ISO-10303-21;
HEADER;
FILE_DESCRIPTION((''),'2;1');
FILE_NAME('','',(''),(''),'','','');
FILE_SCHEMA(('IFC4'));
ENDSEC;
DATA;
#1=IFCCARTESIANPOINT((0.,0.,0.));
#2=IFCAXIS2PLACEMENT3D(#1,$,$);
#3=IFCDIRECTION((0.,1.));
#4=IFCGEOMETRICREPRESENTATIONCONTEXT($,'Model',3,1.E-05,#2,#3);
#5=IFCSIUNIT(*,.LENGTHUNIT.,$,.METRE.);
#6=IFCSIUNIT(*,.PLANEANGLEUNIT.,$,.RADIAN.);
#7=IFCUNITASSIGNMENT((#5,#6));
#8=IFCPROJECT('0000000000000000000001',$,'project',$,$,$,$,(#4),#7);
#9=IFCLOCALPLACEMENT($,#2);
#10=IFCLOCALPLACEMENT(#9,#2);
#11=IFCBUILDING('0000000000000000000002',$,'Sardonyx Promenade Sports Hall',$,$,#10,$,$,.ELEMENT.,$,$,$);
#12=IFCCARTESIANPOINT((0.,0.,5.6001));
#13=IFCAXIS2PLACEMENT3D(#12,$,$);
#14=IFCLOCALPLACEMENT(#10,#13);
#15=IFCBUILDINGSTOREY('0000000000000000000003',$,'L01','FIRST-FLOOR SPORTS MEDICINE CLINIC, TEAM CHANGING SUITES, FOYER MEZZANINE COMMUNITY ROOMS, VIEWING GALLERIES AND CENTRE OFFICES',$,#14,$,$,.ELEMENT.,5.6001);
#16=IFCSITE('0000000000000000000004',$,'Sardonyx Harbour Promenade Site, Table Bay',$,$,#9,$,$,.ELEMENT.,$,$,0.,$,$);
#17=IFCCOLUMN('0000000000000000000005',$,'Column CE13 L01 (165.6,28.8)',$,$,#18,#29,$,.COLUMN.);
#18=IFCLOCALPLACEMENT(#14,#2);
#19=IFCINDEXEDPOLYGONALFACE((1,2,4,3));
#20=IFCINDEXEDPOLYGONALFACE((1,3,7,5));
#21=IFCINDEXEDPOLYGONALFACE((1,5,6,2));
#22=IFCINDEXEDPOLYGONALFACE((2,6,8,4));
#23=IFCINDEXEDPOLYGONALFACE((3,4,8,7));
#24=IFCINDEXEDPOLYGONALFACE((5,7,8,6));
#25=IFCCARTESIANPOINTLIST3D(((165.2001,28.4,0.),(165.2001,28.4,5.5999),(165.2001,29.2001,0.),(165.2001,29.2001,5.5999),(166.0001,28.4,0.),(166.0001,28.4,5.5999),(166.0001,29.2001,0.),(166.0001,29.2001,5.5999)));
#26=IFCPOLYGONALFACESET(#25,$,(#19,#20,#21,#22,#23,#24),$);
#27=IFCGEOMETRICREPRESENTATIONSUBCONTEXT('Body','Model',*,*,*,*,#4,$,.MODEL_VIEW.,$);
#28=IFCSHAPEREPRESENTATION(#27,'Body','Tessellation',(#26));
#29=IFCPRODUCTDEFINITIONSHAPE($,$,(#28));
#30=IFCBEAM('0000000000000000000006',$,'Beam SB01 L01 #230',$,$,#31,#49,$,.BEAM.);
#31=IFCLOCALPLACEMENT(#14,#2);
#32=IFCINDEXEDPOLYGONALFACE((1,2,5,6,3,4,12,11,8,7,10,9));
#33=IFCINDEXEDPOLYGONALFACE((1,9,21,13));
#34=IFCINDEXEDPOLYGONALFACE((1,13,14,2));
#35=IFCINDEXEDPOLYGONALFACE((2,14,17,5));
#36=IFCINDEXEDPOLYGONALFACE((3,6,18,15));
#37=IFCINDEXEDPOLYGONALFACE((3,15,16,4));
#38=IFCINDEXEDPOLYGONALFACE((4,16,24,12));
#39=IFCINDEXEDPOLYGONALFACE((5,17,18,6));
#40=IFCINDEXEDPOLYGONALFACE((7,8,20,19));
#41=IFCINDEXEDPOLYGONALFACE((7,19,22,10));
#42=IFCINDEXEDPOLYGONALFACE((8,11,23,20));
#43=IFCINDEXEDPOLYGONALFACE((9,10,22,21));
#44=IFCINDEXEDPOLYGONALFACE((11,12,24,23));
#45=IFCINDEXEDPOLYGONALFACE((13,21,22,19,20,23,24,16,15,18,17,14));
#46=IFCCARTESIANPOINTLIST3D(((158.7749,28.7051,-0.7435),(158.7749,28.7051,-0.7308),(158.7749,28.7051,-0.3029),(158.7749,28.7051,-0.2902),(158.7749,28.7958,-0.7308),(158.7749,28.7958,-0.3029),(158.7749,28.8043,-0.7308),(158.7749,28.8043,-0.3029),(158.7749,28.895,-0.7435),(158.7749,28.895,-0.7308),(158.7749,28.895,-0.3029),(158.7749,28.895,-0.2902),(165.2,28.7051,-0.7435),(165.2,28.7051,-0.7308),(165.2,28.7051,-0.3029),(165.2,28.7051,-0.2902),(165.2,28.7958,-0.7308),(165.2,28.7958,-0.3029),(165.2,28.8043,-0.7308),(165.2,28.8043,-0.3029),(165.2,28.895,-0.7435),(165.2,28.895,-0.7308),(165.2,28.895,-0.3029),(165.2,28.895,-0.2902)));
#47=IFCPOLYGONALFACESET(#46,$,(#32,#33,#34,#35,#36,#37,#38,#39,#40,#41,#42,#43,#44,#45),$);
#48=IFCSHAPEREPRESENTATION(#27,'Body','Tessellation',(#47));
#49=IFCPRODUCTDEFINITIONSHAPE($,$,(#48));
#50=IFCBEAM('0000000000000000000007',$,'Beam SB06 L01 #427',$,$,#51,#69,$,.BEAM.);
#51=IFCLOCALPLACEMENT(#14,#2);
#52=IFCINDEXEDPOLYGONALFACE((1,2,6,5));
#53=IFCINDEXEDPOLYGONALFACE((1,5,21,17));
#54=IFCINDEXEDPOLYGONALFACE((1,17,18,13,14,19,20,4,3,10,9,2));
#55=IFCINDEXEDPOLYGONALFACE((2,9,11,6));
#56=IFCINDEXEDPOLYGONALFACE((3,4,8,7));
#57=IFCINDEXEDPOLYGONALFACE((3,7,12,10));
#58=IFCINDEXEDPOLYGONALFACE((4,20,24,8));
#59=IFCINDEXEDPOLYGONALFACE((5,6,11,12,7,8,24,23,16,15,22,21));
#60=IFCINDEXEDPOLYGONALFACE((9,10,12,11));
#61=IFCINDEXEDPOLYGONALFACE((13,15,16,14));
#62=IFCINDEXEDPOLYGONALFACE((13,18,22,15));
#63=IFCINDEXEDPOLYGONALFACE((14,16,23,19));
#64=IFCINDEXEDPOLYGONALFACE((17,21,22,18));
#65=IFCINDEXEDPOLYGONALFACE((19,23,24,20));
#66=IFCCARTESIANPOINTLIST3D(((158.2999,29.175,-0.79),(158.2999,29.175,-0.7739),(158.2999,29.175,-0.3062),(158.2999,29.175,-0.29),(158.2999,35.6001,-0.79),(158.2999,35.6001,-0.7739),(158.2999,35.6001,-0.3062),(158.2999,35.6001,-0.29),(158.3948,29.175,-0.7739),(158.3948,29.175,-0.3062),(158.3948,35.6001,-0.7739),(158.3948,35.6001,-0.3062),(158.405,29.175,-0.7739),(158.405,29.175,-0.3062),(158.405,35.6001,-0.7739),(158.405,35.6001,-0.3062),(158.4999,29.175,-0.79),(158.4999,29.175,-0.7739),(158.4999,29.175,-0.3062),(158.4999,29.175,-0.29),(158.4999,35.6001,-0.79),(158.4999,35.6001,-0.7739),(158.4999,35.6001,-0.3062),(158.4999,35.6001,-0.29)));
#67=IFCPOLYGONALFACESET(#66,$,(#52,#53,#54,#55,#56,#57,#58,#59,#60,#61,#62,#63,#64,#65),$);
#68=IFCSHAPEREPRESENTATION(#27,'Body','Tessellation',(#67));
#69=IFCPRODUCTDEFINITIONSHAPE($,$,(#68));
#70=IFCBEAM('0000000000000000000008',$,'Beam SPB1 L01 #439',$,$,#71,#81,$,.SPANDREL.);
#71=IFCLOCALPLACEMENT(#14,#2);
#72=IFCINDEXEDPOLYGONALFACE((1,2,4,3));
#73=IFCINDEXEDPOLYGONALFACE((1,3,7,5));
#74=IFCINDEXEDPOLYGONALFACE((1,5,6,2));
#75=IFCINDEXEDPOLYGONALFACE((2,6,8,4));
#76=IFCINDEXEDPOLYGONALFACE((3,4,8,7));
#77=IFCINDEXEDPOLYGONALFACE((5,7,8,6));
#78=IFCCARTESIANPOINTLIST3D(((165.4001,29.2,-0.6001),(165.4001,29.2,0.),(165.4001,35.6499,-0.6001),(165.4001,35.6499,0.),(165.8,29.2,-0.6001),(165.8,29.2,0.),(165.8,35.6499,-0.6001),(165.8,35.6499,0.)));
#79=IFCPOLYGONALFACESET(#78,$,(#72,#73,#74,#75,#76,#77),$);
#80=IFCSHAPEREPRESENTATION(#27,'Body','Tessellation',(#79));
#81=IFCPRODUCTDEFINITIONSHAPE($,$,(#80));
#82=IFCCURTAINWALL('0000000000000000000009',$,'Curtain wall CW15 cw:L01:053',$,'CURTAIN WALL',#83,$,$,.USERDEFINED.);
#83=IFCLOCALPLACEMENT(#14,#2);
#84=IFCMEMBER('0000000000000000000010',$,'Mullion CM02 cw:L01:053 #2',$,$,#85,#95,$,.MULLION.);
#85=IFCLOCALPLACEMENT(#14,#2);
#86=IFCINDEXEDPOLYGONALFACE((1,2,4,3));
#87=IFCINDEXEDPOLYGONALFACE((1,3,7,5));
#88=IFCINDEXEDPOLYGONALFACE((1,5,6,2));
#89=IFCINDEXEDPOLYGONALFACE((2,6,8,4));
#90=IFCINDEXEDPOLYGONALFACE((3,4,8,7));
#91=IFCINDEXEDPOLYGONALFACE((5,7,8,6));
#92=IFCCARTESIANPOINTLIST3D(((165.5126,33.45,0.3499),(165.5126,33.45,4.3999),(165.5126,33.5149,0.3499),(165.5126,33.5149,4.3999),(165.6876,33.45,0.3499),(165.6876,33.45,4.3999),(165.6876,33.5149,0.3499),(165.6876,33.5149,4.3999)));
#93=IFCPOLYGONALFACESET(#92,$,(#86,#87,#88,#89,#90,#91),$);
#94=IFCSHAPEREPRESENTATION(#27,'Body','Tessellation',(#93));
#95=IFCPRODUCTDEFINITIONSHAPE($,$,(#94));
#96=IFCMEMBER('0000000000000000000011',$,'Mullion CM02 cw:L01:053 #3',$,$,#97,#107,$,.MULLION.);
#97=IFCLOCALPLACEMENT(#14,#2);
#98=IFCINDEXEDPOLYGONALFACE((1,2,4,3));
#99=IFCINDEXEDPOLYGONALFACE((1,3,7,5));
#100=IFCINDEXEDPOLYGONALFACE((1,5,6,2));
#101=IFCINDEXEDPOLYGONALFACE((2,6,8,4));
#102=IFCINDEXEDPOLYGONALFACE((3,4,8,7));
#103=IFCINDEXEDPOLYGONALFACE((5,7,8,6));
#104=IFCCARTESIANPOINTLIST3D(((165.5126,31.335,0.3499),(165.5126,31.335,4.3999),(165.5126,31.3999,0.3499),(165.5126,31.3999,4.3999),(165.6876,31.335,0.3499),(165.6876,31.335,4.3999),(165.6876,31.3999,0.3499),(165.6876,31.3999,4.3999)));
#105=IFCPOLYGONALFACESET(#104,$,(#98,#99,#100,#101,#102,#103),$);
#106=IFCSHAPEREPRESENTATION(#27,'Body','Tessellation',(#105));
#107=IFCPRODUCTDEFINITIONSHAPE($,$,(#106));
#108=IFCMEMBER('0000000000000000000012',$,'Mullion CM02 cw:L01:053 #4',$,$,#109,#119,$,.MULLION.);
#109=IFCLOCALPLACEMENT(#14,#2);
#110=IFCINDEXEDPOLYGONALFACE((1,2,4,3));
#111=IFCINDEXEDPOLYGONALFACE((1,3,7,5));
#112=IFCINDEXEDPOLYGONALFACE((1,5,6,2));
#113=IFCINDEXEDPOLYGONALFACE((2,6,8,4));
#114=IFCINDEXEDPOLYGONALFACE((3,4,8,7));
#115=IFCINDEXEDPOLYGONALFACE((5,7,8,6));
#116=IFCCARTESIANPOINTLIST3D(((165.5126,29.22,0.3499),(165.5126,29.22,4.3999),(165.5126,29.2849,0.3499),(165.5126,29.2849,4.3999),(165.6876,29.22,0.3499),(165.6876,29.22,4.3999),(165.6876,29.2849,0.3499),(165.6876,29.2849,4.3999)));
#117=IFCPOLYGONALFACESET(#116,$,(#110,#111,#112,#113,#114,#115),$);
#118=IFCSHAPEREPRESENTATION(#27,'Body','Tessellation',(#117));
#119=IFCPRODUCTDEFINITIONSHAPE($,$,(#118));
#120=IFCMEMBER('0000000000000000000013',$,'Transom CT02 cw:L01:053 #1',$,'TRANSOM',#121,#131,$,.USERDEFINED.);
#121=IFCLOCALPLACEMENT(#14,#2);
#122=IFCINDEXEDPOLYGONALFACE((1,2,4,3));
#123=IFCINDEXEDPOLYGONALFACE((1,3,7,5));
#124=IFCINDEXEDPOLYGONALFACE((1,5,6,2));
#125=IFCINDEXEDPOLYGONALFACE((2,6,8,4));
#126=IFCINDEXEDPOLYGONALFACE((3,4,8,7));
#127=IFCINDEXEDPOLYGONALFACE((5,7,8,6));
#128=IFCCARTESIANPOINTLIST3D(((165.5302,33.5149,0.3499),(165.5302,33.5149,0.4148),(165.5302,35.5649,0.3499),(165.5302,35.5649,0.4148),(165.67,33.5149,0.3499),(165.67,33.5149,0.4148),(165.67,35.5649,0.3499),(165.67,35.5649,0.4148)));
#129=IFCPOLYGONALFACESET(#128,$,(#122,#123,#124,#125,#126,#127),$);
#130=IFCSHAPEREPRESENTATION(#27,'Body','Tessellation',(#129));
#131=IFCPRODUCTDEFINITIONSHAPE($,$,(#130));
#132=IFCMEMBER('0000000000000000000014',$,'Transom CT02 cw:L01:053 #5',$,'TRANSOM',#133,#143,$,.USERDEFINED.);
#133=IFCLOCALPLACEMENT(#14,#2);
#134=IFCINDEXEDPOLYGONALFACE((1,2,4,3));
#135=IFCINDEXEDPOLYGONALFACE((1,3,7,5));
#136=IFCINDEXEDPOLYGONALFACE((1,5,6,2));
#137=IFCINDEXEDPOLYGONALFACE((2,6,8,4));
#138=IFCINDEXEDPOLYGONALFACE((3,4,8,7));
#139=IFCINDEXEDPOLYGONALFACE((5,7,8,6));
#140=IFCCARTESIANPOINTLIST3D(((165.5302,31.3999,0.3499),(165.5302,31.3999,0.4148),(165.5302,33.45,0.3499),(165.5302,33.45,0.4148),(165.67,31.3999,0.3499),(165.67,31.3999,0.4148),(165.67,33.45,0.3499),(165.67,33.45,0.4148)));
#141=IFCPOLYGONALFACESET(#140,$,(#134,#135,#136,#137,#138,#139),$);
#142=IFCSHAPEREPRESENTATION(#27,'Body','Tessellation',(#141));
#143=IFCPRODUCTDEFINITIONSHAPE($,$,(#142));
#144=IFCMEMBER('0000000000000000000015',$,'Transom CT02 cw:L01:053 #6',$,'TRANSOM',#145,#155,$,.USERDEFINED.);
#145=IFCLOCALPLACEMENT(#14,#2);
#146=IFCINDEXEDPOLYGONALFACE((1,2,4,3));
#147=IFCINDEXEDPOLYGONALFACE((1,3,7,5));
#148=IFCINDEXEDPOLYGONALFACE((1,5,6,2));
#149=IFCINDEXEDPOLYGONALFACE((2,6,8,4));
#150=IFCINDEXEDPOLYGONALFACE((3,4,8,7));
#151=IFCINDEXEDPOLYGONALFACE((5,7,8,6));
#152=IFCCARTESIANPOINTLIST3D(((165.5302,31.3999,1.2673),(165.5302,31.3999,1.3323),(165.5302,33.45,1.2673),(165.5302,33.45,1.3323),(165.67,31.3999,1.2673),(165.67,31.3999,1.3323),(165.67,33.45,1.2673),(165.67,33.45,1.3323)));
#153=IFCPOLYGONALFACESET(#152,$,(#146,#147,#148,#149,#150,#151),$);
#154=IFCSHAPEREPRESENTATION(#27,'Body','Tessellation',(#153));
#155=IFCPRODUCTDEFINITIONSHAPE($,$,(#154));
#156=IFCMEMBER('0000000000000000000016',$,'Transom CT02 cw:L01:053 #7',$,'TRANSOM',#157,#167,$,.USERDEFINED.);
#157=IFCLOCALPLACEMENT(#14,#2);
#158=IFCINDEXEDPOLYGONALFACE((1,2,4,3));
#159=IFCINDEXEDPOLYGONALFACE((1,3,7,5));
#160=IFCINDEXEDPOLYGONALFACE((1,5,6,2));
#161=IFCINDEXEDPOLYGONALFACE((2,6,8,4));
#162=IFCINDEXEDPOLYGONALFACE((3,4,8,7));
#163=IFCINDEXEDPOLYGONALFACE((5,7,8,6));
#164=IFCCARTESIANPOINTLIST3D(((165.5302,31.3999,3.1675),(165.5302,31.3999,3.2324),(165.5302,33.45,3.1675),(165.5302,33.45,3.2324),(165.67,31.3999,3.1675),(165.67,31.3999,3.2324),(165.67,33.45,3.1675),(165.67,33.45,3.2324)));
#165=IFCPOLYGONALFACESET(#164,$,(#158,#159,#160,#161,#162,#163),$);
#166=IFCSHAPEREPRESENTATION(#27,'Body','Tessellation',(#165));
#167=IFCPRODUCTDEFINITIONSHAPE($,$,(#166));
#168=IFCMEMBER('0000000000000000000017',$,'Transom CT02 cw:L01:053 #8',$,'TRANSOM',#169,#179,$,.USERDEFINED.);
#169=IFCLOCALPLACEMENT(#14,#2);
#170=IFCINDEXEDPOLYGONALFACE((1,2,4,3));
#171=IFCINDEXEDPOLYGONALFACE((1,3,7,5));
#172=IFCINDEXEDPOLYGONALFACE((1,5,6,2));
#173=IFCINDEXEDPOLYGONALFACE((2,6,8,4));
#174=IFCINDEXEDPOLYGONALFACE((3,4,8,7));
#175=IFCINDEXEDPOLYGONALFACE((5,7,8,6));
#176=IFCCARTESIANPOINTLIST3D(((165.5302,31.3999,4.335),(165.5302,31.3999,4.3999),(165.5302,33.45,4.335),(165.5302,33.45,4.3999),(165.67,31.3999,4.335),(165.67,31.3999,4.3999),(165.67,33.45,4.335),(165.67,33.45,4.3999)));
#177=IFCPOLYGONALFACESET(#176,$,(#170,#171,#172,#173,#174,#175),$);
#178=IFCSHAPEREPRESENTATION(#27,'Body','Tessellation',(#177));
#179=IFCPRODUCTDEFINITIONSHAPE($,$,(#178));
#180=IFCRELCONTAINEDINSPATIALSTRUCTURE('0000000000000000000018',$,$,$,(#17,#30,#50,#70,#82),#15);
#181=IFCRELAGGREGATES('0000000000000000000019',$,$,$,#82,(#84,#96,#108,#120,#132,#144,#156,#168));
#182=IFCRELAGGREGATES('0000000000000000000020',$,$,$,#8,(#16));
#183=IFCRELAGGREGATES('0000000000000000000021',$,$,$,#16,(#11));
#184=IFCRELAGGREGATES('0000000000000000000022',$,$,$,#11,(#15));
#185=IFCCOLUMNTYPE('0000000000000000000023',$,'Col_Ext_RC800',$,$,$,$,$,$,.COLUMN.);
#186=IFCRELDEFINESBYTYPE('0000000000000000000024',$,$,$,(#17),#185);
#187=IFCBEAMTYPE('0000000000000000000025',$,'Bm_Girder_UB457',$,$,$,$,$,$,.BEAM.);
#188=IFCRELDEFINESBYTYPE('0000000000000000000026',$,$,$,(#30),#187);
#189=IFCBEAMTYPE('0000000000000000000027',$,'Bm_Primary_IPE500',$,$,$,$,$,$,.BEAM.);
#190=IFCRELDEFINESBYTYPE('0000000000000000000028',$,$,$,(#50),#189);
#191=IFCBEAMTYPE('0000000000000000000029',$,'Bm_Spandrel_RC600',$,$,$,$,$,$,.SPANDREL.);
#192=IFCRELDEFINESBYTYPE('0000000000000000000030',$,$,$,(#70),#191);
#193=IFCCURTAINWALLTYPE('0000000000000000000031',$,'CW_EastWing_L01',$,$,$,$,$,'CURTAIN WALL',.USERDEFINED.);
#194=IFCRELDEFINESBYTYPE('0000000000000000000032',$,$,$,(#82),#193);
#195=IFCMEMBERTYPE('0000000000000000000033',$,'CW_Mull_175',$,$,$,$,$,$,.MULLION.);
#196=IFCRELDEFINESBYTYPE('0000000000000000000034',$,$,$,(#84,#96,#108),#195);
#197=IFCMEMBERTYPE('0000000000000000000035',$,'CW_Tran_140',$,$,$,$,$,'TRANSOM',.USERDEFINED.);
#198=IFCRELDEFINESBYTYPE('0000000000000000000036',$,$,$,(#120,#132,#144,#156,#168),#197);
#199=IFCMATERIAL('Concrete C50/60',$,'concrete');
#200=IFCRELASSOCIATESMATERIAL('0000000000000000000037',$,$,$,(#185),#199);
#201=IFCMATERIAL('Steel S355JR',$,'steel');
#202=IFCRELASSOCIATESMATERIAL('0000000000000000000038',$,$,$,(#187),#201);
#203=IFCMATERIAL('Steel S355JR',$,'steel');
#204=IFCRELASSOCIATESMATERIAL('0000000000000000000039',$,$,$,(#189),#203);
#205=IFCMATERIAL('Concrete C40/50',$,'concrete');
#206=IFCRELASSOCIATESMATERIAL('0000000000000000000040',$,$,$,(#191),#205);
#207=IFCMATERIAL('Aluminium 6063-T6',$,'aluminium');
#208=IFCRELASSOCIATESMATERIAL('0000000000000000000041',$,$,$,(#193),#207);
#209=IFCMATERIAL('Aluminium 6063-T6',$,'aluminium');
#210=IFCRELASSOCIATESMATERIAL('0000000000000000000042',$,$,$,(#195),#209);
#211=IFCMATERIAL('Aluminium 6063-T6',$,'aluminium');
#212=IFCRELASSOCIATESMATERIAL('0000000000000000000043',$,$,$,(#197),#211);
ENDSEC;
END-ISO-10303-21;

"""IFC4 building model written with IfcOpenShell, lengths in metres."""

from ifc_helpers import new_model, si_unit, direction, frame, origin, origin_2d, place, context, subcontext, project, spatial, rectangle, i_section, extrude, material, material_profile, profile_set, type_object, element, aggregate, save


model = new_model("IFC4")

# Units and contexts
model_context = context("Model", 3, precision=1e-05, world=origin(), true_north=direction((0.0, 1.0)))
body_context = subcontext(model_context, "Body", "Model", "MODEL_VIEW")
ifc_project = project(units=[si_unit("LENGTHUNIT", "METRE"), si_unit("PLANEANGLEUNIT", "RADIAN")], contexts=[model_context])

# Site, building, storey
site_placement = place(None, origin())
site = spatial("IfcSite", under=ifc_project, at=site_placement, Name="Sardonyx Harbour Promenade Site, Table Bay", CompositionType="ELEMENT", RefElevation=0.0)
building_placement = place(site_placement, origin())
building = spatial("IfcBuilding", under=site, at=building_placement, Name="Sardonyx Promenade Sports Hall", CompositionType="ELEMENT")
storey_placement = place(building_placement, frame((0.0, 0.0, 5.6001)))
storey = spatial("IfcBuildingStorey", under=building, at=storey_placement, Name="L01", Description="FIRST-FLOOR SPORTS MEDICINE CLINIC, TEAM CHANGING SUITES, FOYER MEZZANINE COMMUNITY ROOMS, VIEWING GALLERIES AND CENTRE OFFICES", CompositionType="ELEMENT", Elevation=5.6001)

# Column
ifc_material_1 = material(Name="Concrete C50/60", Category="concrete")
ifc_material_profile_1 = material_profile(ifc_material_1, rectangle(XDim=0.8, YDim=0.8, at=origin_2d()))
ifc_profile_set_1 = profile_set([ifc_material_profile_1], Name="Concrete C50/60")
column_type = type_object("IfcColumnType", Name="Col_Ext_RC800", PredefinedType="COLUMN", material=ifc_profile_set_1)
column_placement = place(storey_placement, frame((165.6001, 28.8, 0.0), z_axis=(0.0, 0.0, 1.0), x_axis=(1.0, 0.0, 0.0)))
element("IfcColumn", 1, at=column_placement, inside=storey, type_object=column_type, Name="Column CE13 L01 (165.6,28.8)", PredefinedType="COLUMN", context=body_context, shape_type="SweptSolid", body=[
    extrude(rectangle(XDim=0.8, YDim=0.8, at=origin_2d()), origin(), (0.0, 0.0, 1.0), 5.5999),
])

# Beams
ifc_material_2 = material(Name="Steel S355JR", Category="steel")
ifc_material_profile_2 = material_profile(ifc_material_2, i_section(OverallWidth=0.1899, OverallDepth=0.4534, WebThickness=0.0085, FlangeThickness=0.0127, at=origin_2d()))
ifc_profile_set_2 = profile_set([ifc_material_profile_2], Name="Steel S355JR")
beam_type_1 = type_object("IfcBeamType", Name="Bm_Girder_UB457", PredefinedType="BEAM", material=ifc_profile_set_2)
beam_1_placement = place(storey_placement, frame((158.7749, 28.8, -0.5168), z_axis=(1.0, 0.0, 0.0), x_axis=(0.0, 1.0, 0.0)))
element("IfcBeam", 2, at=beam_1_placement, inside=storey, type_object=beam_type_1, Name="Beam SB01 L01 #230", PredefinedType="BEAM", context=body_context, shape_type="SweptSolid", body=[
    extrude(i_section(OverallWidth=0.1899, OverallDepth=0.4534, WebThickness=0.0085, FlangeThickness=0.0127, at=origin_2d()), origin(), (0.0, 0.0, 1.0), 6.425),
])
ifc_material_3 = material(Name="Steel S355JR", Category="steel")
ifc_material_profile_3 = material_profile(ifc_material_3, i_section(OverallWidth=0.2, OverallDepth=0.5, WebThickness=0.0103, FlangeThickness=0.0161, at=origin_2d()))
ifc_profile_set_3 = profile_set([ifc_material_profile_3], Name="Steel S355JR")
beam_type_2 = type_object("IfcBeamType", Name="Bm_Primary_IPE500", PredefinedType="BEAM", material=ifc_profile_set_3)
beam_2_placement = place(storey_placement, frame((158.3999, 29.175, -0.54), z_axis=(0.0, 1.0, 0.0), x_axis=(-1.0, 0.0, 0.0)))
element("IfcBeam", 3, at=beam_2_placement, inside=storey, type_object=beam_type_2, Name="Beam SB06 L01 #427", PredefinedType="BEAM", context=body_context, shape_type="SweptSolid", body=[
    extrude(i_section(OverallWidth=0.2, OverallDepth=0.5, WebThickness=0.0103, FlangeThickness=0.0161, at=origin_2d()), origin(), (0.0, 0.0, 1.0), 6.425),
])
ifc_material_4 = material(Name="Concrete C40/50", Category="concrete")
ifc_material_profile_4 = material_profile(ifc_material_4, rectangle(XDim=0.3999, YDim=0.6001, at=origin_2d()))
ifc_profile_set_4 = profile_set([ifc_material_profile_4], Name="Concrete C40/50")
beam_type_3 = type_object("IfcBeamType", Name="Bm_Spandrel_RC600", PredefinedType="SPANDREL", material=ifc_profile_set_4)
beam_3_placement = place(storey_placement, frame((165.6001, 29.2, -0.3), z_axis=(0.0, 1.0, 0.0), x_axis=(-1.0, 0.0, 0.0)))
element("IfcBeam", 4, at=beam_3_placement, inside=storey, type_object=beam_type_3, Name="Beam SPB1 L01 #439", PredefinedType="SPANDREL", context=body_context, shape_type="SweptSolid", body=[
    extrude(rectangle(XDim=0.3999, YDim=0.6001, at=origin_2d()), origin(), (0.0, 0.0, 1.0), 6.45),
])

# Curtain wall, members
ifc_material_5 = material(Name="Aluminium 6063-T6", Category="aluminium")
curtain_wall_type = type_object("IfcCurtainWallType", Name="CW_EastWing_L01", ElementType="CURTAIN WALL", PredefinedType="USERDEFINED", material=ifc_material_5)
curtain_wall_placement = place(storey_placement, origin())
curtain_wall = element("IfcCurtainWall", 5, at=curtain_wall_placement, inside=storey, type_object=curtain_wall_type, Name="Curtain wall CW15 cw:L01:053", ObjectType="CURTAIN WALL", PredefinedType="USERDEFINED")
ifc_material_6 = material(Name="Aluminium 6063-T6", Category="aluminium")
ifc_material_profile_5 = material_profile(ifc_material_6, rectangle(XDim=0.0649, YDim=0.175, at=origin_2d()))
ifc_profile_set_5 = profile_set([ifc_material_profile_5], Name="Aluminium 6063-T6")
member_type_1 = type_object("IfcMemberType", Name="CW_Mull_175", PredefinedType="MULLION", material=ifc_profile_set_5)
member_1_placement = place(storey_placement, frame((165.6001, 33.4824, 0.3499), z_axis=(0.0, 0.0, 1.0), x_axis=(0.0, -1.0, 0.0)))
member_1 = element("IfcMember", 6, at=member_1_placement, type_object=member_type_1, Name="Mullion CM02 cw:L01:053 #2", PredefinedType="MULLION", context=body_context, shape_type="SweptSolid", body=[
    extrude(rectangle(XDim=0.0649, YDim=0.175, at=origin_2d()), origin(), (0.0, 0.0, 1.0), 4.05),
])
member_2_placement = place(storey_placement, frame((165.6001, 31.3674, 0.3499), z_axis=(0.0, 0.0, 1.0), x_axis=(0.0, -1.0, 0.0)))
member_2 = element("IfcMember", 7, at=member_2_placement, type_object=member_type_1, Name="Mullion CM02 cw:L01:053 #3", PredefinedType="MULLION", context=body_context, shape_type="SweptSolid", body=[
    extrude(rectangle(XDim=0.0649, YDim=0.175, at=origin_2d()), origin(), (0.0, 0.0, 1.0), 4.05),
])
member_3_placement = place(storey_placement, frame((165.6001, 29.2524, 0.3499), z_axis=(0.0, 0.0, 1.0), x_axis=(0.0, -1.0, 0.0)))
member_3 = element("IfcMember", 8, at=member_3_placement, type_object=member_type_1, Name="Mullion CM02 cw:L01:053 #4", PredefinedType="MULLION", context=body_context, shape_type="SweptSolid", body=[
    extrude(rectangle(XDim=0.0649, YDim=0.175, at=origin_2d()), origin(), (0.0, 0.0, 1.0), 4.05),
])
ifc_material_7 = material(Name="Aluminium 6063-T6", Category="aluminium")
ifc_material_profile_6 = material_profile(ifc_material_7, rectangle(XDim=0.0649, YDim=0.1399, at=origin_2d()))
ifc_profile_set_6 = profile_set([ifc_material_profile_6], Name="Aluminium 6063-T6")
member_type_2 = type_object("IfcMemberType", Name="CW_Tran_140", ElementType="TRANSOM", PredefinedType="USERDEFINED", material=ifc_profile_set_6)
member_4_placement = place(storey_placement, frame((165.6001, 35.5649, 0.3823), z_axis=(0.0, -1.0, 0.0), x_axis=(0.0, 0.0, 1.0)))
member_4 = element("IfcMember", 9, at=member_4_placement, type_object=member_type_2, Name="Transom CT02 cw:L01:053 #1", ObjectType="TRANSOM", PredefinedType="USERDEFINED", context=body_context, shape_type="SweptSolid", body=[
    extrude(rectangle(XDim=0.0649, YDim=0.1399, at=origin_2d()), origin(), (0.0, 0.0, 1.0), 2.05),
])
member_5_placement = place(storey_placement, frame((165.6001, 33.45, 0.3823), z_axis=(0.0, -1.0, 0.0), x_axis=(0.0, 0.0, 1.0)))
member_5 = element("IfcMember", 10, at=member_5_placement, type_object=member_type_2, Name="Transom CT02 cw:L01:053 #5", ObjectType="TRANSOM", PredefinedType="USERDEFINED", context=body_context, shape_type="SweptSolid", body=[
    extrude(rectangle(XDim=0.0649, YDim=0.1399, at=origin_2d()), origin(), (0.0, 0.0, 1.0), 2.05),
])
member_6_placement = place(storey_placement, frame((165.6001, 33.45, 1.2998), z_axis=(0.0, -1.0, 0.0), x_axis=(0.0, 0.0, 1.0)))
member_6 = element("IfcMember", 11, at=member_6_placement, type_object=member_type_2, Name="Transom CT02 cw:L01:053 #6", ObjectType="TRANSOM", PredefinedType="USERDEFINED", context=body_context, shape_type="SweptSolid", body=[
    extrude(rectangle(XDim=0.0649, YDim=0.1399, at=origin_2d()), origin(), (0.0, 0.0, 1.0), 2.05),
])
member_7_placement = place(storey_placement, frame((165.6001, 33.45, 3.2), z_axis=(0.0, -1.0, 0.0), x_axis=(0.0, 0.0, 1.0)))
member_7 = element("IfcMember", 12, at=member_7_placement, type_object=member_type_2, Name="Transom CT02 cw:L01:053 #7", ObjectType="TRANSOM", PredefinedType="USERDEFINED", context=body_context, shape_type="SweptSolid", body=[
    extrude(rectangle(XDim=0.0649, YDim=0.1399, at=origin_2d()), origin(), (0.0, 0.0, 1.0), 2.05),
])
member_8_placement = place(storey_placement, frame((165.6001, 33.45, 4.3674), z_axis=(0.0, -1.0, 0.0), x_axis=(0.0, 0.0, 1.0)))
member_8 = element("IfcMember", 13, at=member_8_placement, type_object=member_type_2, Name="Transom CT02 cw:L01:053 #8", ObjectType="TRANSOM", PredefinedType="USERDEFINED", context=body_context, shape_type="SweptSolid", body=[
    extrude(rectangle(XDim=0.0649, YDim=0.1399, at=origin_2d()), origin(), (0.0, 0.0, 1.0), 2.05),
])
aggregate(curtain_wall, [member_1, member_2, member_3, member_4, member_5, member_6, member_7, member_8])

save(model, "model.ifc")
